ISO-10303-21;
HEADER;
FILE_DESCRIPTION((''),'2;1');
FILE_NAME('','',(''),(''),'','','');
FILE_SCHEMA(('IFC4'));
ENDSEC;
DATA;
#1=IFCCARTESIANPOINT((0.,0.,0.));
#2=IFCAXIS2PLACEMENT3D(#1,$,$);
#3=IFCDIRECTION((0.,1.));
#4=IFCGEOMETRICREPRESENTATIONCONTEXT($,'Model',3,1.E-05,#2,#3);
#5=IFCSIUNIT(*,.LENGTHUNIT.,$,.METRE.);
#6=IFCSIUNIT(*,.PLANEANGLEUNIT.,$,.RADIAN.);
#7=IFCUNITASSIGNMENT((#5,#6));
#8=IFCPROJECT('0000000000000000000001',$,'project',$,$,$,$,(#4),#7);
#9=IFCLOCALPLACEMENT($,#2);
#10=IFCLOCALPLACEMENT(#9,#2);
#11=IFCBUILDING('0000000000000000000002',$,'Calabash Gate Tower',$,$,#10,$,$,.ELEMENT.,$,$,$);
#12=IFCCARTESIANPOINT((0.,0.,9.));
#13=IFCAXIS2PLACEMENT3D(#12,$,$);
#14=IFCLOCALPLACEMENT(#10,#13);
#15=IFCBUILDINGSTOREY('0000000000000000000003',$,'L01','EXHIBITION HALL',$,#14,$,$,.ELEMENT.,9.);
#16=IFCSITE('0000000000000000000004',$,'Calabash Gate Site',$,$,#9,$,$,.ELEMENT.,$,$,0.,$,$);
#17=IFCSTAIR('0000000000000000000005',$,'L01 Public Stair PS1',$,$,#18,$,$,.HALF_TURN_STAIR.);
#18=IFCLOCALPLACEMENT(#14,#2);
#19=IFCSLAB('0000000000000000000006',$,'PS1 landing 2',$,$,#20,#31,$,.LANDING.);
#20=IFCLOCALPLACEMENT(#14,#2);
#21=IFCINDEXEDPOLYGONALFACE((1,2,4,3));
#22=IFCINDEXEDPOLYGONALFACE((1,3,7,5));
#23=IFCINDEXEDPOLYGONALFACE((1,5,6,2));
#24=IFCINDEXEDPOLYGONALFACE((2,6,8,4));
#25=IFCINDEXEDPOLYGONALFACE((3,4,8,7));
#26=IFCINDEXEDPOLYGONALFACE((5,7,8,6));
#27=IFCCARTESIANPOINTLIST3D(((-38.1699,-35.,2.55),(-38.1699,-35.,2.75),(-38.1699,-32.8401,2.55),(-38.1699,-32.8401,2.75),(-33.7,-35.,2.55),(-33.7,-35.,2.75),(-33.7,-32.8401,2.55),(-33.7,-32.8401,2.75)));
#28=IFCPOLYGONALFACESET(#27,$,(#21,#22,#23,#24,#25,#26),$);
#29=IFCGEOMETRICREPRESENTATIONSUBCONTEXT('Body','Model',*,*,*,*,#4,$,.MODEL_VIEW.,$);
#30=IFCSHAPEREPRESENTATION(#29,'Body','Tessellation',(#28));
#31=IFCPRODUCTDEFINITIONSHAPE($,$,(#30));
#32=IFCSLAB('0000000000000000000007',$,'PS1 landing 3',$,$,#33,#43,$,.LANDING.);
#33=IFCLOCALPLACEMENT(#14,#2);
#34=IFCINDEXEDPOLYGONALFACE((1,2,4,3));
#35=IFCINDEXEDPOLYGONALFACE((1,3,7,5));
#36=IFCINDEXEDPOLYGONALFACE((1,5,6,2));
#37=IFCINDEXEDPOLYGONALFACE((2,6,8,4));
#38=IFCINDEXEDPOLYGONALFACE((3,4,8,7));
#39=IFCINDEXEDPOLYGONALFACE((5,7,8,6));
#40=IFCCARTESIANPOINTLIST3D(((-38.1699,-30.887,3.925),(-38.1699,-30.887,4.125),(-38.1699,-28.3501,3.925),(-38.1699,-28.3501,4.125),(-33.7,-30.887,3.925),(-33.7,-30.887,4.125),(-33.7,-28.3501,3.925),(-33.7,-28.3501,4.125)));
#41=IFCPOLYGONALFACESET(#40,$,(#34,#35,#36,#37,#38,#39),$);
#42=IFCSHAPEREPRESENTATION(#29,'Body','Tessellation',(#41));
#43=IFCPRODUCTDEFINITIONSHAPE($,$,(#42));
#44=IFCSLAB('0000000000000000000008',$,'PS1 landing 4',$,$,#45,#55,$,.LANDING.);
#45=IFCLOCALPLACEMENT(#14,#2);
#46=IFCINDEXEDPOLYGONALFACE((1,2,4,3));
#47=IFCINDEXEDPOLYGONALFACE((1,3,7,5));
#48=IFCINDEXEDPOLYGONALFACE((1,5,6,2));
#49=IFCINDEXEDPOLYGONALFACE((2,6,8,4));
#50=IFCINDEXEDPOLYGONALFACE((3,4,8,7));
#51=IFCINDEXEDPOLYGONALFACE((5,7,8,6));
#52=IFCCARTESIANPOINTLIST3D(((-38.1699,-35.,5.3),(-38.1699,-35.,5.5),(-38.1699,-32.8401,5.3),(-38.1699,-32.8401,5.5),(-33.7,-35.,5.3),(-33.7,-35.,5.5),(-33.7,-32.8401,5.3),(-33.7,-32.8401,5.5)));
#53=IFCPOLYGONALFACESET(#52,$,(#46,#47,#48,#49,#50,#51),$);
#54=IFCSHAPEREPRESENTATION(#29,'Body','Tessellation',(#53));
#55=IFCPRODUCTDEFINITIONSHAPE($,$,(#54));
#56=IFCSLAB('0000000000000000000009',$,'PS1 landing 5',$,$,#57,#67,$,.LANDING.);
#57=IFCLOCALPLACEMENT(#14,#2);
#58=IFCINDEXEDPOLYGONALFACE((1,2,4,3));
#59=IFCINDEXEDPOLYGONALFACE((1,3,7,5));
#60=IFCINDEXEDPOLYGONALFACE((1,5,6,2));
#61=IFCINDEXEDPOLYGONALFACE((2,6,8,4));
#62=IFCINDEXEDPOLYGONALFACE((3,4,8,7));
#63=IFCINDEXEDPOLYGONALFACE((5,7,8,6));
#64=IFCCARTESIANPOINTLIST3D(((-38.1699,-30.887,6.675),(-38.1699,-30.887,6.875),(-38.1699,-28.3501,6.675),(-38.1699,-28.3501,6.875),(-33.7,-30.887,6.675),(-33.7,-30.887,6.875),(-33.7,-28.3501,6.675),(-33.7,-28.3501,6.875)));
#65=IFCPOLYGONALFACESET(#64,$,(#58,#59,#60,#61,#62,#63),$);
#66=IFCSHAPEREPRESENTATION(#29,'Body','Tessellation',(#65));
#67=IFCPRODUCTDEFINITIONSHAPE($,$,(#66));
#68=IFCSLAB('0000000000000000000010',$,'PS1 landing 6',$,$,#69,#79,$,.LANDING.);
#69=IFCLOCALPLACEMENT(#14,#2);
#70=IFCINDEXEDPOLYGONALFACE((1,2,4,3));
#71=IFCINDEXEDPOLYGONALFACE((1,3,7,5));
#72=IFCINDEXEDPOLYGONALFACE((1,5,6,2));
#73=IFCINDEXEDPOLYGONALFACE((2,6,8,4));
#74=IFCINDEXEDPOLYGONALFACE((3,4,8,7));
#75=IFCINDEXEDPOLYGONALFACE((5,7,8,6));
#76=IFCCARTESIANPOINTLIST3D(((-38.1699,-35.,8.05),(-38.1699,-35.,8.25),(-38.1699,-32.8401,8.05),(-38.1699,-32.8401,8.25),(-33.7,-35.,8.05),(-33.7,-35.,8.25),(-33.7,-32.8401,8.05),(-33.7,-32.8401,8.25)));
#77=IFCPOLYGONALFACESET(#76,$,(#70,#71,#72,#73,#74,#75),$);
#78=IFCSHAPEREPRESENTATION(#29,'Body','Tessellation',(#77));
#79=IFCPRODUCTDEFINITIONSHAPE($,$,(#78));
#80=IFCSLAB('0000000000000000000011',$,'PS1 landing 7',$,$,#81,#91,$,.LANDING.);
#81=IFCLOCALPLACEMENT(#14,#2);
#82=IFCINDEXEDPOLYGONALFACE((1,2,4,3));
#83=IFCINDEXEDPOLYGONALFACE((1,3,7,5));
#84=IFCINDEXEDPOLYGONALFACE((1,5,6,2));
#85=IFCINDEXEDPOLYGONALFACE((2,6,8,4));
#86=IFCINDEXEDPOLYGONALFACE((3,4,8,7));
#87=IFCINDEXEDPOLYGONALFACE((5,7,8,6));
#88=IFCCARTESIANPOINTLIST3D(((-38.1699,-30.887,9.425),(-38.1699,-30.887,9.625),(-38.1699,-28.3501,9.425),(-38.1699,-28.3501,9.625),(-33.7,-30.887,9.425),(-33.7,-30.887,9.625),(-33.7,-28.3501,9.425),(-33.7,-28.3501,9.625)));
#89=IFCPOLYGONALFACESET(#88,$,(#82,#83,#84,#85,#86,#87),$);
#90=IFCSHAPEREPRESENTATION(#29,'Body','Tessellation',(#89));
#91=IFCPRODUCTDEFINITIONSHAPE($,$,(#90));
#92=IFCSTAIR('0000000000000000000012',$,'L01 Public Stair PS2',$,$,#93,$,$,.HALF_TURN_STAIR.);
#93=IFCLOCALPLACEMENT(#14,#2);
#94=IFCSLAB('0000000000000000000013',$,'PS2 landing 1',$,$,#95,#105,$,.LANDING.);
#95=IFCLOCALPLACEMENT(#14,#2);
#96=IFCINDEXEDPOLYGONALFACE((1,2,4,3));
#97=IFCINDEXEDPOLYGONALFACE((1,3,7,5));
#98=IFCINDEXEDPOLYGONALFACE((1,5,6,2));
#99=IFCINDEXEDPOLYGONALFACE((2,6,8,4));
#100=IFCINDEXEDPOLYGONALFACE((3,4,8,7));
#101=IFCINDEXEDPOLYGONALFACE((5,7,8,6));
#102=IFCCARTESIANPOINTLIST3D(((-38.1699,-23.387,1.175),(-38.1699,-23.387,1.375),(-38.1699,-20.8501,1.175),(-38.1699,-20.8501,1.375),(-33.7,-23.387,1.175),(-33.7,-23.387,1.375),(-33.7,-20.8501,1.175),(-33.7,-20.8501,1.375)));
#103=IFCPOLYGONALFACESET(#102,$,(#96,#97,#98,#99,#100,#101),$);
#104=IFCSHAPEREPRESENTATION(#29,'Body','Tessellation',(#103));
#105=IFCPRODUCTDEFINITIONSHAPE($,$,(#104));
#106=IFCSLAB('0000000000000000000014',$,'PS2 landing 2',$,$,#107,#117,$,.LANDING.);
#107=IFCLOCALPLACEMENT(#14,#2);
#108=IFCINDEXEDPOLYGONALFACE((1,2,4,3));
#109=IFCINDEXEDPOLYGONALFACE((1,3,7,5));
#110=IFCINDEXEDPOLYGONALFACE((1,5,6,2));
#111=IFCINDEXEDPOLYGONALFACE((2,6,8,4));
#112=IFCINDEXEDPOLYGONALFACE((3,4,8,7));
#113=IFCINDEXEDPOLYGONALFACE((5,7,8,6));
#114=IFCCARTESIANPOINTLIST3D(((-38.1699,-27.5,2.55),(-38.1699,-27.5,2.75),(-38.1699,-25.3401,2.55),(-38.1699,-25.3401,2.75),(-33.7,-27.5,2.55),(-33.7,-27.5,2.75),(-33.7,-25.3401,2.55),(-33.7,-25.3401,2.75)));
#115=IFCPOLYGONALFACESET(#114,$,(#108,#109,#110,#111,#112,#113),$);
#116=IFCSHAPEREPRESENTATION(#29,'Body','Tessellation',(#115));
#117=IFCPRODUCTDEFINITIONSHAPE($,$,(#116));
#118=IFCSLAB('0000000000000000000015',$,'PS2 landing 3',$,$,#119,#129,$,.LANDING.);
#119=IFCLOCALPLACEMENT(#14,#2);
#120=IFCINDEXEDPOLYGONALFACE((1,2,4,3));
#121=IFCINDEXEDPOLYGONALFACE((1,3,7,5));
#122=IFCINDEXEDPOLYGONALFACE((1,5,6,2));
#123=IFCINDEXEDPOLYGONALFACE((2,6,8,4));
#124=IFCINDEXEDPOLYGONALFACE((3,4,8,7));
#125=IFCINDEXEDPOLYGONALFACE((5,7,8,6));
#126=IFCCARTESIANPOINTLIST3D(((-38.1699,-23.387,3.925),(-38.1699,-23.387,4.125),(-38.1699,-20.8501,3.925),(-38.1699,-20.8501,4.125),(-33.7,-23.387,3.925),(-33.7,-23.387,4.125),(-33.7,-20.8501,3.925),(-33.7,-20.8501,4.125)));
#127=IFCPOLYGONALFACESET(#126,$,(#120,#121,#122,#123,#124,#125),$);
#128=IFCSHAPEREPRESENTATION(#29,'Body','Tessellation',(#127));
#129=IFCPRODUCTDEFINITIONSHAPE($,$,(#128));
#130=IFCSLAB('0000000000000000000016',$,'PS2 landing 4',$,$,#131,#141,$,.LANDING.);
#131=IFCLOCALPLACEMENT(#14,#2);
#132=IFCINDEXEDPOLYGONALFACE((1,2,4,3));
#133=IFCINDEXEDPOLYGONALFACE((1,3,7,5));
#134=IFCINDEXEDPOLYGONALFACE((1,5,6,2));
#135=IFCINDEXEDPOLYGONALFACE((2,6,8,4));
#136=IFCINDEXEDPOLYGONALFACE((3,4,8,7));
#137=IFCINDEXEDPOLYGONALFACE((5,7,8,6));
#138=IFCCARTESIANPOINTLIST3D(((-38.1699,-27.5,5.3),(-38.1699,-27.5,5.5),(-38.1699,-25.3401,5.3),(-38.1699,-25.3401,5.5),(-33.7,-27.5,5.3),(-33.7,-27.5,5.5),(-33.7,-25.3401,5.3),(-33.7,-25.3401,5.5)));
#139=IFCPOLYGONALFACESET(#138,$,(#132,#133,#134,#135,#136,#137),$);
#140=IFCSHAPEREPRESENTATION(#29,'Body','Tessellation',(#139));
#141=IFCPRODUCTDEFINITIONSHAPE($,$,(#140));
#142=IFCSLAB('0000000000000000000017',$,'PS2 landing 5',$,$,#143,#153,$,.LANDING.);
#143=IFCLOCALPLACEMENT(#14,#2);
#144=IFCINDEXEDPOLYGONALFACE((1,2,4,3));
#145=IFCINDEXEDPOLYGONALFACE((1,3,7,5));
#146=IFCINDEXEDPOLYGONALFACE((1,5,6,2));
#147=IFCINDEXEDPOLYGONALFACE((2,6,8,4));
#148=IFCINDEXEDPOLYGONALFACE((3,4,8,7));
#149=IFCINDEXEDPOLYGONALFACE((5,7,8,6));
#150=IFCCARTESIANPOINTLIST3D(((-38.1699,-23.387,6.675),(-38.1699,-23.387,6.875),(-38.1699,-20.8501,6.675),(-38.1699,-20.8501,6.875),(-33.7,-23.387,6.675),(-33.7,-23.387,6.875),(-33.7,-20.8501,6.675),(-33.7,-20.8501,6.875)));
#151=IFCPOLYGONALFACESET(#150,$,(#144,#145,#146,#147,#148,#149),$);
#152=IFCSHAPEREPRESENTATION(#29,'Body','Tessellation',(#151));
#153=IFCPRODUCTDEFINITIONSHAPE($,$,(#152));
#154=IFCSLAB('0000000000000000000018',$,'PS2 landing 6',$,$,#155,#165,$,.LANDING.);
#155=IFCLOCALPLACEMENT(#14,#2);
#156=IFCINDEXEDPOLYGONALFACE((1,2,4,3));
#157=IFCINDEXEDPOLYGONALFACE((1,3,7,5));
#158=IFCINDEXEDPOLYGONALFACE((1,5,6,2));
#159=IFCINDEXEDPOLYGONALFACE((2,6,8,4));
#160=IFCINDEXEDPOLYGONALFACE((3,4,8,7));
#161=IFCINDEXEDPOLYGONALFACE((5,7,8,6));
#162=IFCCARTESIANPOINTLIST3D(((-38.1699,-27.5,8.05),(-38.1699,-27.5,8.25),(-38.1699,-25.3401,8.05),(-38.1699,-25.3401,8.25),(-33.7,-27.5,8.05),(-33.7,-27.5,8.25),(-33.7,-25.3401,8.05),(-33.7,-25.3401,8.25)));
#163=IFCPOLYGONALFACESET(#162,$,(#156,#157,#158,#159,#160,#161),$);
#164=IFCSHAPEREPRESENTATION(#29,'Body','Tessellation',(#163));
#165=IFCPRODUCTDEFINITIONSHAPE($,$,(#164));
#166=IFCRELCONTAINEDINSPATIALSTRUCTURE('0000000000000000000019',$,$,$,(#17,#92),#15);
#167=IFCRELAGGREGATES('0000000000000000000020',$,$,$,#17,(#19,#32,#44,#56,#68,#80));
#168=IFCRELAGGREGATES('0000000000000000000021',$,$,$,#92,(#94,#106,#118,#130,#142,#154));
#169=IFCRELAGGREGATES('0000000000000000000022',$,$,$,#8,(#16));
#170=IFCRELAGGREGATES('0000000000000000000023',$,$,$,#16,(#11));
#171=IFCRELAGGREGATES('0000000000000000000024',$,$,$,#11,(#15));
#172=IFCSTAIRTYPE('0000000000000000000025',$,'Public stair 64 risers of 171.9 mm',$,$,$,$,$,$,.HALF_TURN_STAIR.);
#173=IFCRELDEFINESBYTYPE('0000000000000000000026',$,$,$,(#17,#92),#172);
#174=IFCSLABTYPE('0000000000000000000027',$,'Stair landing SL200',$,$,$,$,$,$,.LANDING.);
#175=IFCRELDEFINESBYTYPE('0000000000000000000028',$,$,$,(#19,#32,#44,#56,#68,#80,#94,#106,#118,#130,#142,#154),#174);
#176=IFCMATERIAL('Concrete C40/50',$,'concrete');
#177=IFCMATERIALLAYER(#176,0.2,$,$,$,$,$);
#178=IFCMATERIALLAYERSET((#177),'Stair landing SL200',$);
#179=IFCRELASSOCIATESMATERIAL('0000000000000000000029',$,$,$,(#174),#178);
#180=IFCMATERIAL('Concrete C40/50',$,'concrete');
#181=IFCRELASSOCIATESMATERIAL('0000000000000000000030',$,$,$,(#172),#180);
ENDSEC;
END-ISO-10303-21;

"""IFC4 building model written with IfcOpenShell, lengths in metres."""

from ifc_helpers import new_model, si_unit, direction, frame, origin, place, context, subcontext, project, spatial, polyline, outline, extrude, material, layer, layer_set, type_object, element, aggregate, save


model = new_model("IFC4")

# Units and contexts
model_context = context("Model", 3, precision=1e-05, world=origin(), true_north=direction((0.0, 1.0)))
body_context = subcontext(model_context, "Body", "Model", "MODEL_VIEW")
ifc_project = project(units=[si_unit("LENGTHUNIT", "METRE"), si_unit("PLANEANGLEUNIT", "RADIAN")], contexts=[model_context])

# Site, building, storey
site_placement = place(None, origin())
site = spatial("IfcSite", under=ifc_project, at=site_placement, Name="Calabash Gate Site", CompositionType="ELEMENT", RefElevation=0.0)
building_placement = place(site_placement, origin())
building = spatial("IfcBuilding", under=site, at=building_placement, Name="Calabash Gate Tower", CompositionType="ELEMENT")
storey_placement = place(building_placement, frame((0.0, 0.0, 9.0)))
storey = spatial("IfcBuildingStorey", under=building, at=storey_placement, Name="L01", Description="EXHIBITION HALL", CompositionType="ELEMENT", Elevation=9.0)

# Stairs, slabs
ifc_material_1 = material(Name="Concrete C40/50", Category="concrete")
ifc_layer = layer(ifc_material_1, 0.2)
ifc_layer_set = layer_set([ifc_layer], Name="Stair landing SL200")
slab_type = type_object("IfcSlabType", Name="Stair landing SL200", PredefinedType="LANDING", material=ifc_layer_set)
ifc_material_2 = material(Name="Concrete C40/50", Category="concrete")
stair_type_1 = type_object("IfcStairType", Name="Public stair 64 risers of 171.9 mm", PredefinedType="HALF_TURN_STAIR", material=ifc_material_2)
stair_1_placement = place(storey_placement, origin())
stair_1 = element("IfcStair", 1, at=stair_1_placement, inside=storey, type_object=stair_type_1, Name="L01 Public Stair PS1", PredefinedType="HALF_TURN_STAIR")
slab_1_placement = place(storey_placement, frame((0.0, 0.0, 2.55)))
slab_1 = element("IfcSlab", 2, at=slab_1_placement, type_object=slab_type, Name="PS1 landing 2", PredefinedType="LANDING", context=body_context, shape_type="SweptSolid", body=[
    extrude(outline(polyline([(-33.7, -35.0), (-33.7, -32.8401), (-38.1699, -32.8401), (-38.1699, -35.0), (-33.7, -35.0)])), origin(), (0.0, 0.0, 1.0), 0.2),
])
slab_2_placement = place(storey_placement, frame((0.0, 0.0, 3.925)))
slab_2 = element("IfcSlab", 3, at=slab_2_placement, type_object=slab_type, Name="PS1 landing 3", PredefinedType="LANDING", context=body_context, shape_type="SweptSolid", body=[
    extrude(outline(polyline([(-33.7, -30.887), (-33.7, -28.3501), (-38.1699, -28.3501), (-38.1699, -30.887), (-33.7, -30.887)])), origin(), (0.0, 0.0, 1.0), 0.2),
])
slab_3_placement = place(storey_placement, frame((0.0, 0.0, 5.3)))
slab_3 = element("IfcSlab", 4, at=slab_3_placement, type_object=slab_type, Name="PS1 landing 4", PredefinedType="LANDING", context=body_context, shape_type="SweptSolid", body=[
    extrude(outline(polyline([(-33.7, -35.0), (-33.7, -32.8401), (-38.1699, -32.8401), (-38.1699, -35.0), (-33.7, -35.0)])), origin(), (0.0, 0.0, 1.0), 0.2),
])
slab_4_placement = place(storey_placement, frame((0.0, 0.0, 6.675)))
slab_4 = element("IfcSlab", 5, at=slab_4_placement, type_object=slab_type, Name="PS1 landing 5", PredefinedType="LANDING", context=body_context, shape_type="SweptSolid", body=[
    extrude(outline(polyline([(-33.7, -30.887), (-33.7, -28.3501), (-38.1699, -28.3501), (-38.1699, -30.887), (-33.7, -30.887)])), origin(), (0.0, 0.0, 1.0), 0.2),
])
slab_5_placement = place(storey_placement, frame((0.0, 0.0, 8.05)))
slab_5 = element("IfcSlab", 6, at=slab_5_placement, type_object=slab_type, Name="PS1 landing 6", PredefinedType="LANDING", context=body_context, shape_type="SweptSolid", body=[
    extrude(outline(polyline([(-33.7, -35.0), (-33.7, -32.8401), (-38.1699, -32.8401), (-38.1699, -35.0), (-33.7, -35.0)])), origin(), (0.0, 0.0, 1.0), 0.2),
])
slab_6_placement = place(storey_placement, frame((0.0, 0.0, 9.425)))
slab_6 = element("IfcSlab", 7, at=slab_6_placement, type_object=slab_type, Name="PS1 landing 7", PredefinedType="LANDING", context=body_context, shape_type="SweptSolid", body=[
    extrude(outline(polyline([(-33.7, -30.887), (-33.7, -28.3501), (-38.1699, -28.3501), (-38.1699, -30.887), (-33.7, -30.887)])), origin(), (0.0, 0.0, 1.0), 0.2),
])
aggregate(stair_1, [slab_1, slab_2, slab_3, slab_4, slab_5, slab_6])
stair_2_placement = place(storey_placement, origin())
stair_2 = element("IfcStair", 8, at=stair_2_placement, inside=storey, type_object=stair_type_1, Name="L01 Public Stair PS2", PredefinedType="HALF_TURN_STAIR")
slab_7_placement = place(storey_placement, frame((0.0, 0.0, 1.175)))
slab_7 = element("IfcSlab", 9, at=slab_7_placement, type_object=slab_type, Name="PS2 landing 1", PredefinedType="LANDING", context=body_context, shape_type="SweptSolid", body=[
    extrude(outline(polyline([(-33.7, -23.387), (-33.7, -20.8501), (-38.1699, -20.8501), (-38.1699, -23.387), (-33.7, -23.387)])), origin(), (0.0, 0.0, 1.0), 0.2),
])
slab_8_placement = place(storey_placement, frame((0.0, 0.0, 2.55)))
slab_8 = element("IfcSlab", 10, at=slab_8_placement, type_object=slab_type, Name="PS2 landing 2", PredefinedType="LANDING", context=body_context, shape_type="SweptSolid", body=[
    extrude(outline(polyline([(-33.7, -27.5), (-33.7, -25.3401), (-38.1699, -25.3401), (-38.1699, -27.5), (-33.7, -27.5)])), origin(), (0.0, 0.0, 1.0), 0.2),
])
slab_9_placement = place(storey_placement, frame((0.0, 0.0, 3.925)))
slab_9 = element("IfcSlab", 11, at=slab_9_placement, type_object=slab_type, Name="PS2 landing 3", PredefinedType="LANDING", context=body_context, shape_type="SweptSolid", body=[
    extrude(outline(polyline([(-33.7, -23.387), (-33.7, -20.8501), (-38.1699, -20.8501), (-38.1699, -23.387), (-33.7, -23.387)])), origin(), (0.0, 0.0, 1.0), 0.2),
])
slab_10_placement = place(storey_placement, frame((0.0, 0.0, 5.3)))
slab_10 = element("IfcSlab", 12, at=slab_10_placement, type_object=slab_type, Name="PS2 landing 4", PredefinedType="LANDING", context=body_context, shape_type="SweptSolid", body=[
    extrude(outline(polyline([(-33.7, -27.5), (-33.7, -25.3401), (-38.1699, -25.3401), (-38.1699, -27.5), (-33.7, -27.5)])), origin(), (0.0, 0.0, 1.0), 0.2),
])
slab_11_placement = place(storey_placement, frame((0.0, 0.0, 6.675)))
slab_11 = element("IfcSlab", 13, at=slab_11_placement, type_object=slab_type, Name="PS2 landing 5", PredefinedType="LANDING", context=body_context, shape_type="SweptSolid", body=[
    extrude(outline(polyline([(-33.7, -23.387), (-33.7, -20.8501), (-38.1699, -20.8501), (-38.1699, -23.387), (-33.7, -23.387)])), origin(), (0.0, 0.0, 1.0), 0.2),
])
slab_12_placement = place(storey_placement, frame((0.0, 0.0, 8.05)))
slab_12 = element("IfcSlab", 14, at=slab_12_placement, type_object=slab_type, Name="PS2 landing 6", PredefinedType="LANDING", context=body_context, shape_type="SweptSolid", body=[
    extrude(outline(polyline([(-33.7, -27.5), (-33.7, -25.3401), (-38.1699, -25.3401), (-38.1699, -27.5), (-33.7, -27.5)])), origin(), (0.0, 0.0, 1.0), 0.2),
])
aggregate(stair_2, [slab_7, slab_8, slab_9, slab_10, slab_11, slab_12])

save(model, "model.ifc")
